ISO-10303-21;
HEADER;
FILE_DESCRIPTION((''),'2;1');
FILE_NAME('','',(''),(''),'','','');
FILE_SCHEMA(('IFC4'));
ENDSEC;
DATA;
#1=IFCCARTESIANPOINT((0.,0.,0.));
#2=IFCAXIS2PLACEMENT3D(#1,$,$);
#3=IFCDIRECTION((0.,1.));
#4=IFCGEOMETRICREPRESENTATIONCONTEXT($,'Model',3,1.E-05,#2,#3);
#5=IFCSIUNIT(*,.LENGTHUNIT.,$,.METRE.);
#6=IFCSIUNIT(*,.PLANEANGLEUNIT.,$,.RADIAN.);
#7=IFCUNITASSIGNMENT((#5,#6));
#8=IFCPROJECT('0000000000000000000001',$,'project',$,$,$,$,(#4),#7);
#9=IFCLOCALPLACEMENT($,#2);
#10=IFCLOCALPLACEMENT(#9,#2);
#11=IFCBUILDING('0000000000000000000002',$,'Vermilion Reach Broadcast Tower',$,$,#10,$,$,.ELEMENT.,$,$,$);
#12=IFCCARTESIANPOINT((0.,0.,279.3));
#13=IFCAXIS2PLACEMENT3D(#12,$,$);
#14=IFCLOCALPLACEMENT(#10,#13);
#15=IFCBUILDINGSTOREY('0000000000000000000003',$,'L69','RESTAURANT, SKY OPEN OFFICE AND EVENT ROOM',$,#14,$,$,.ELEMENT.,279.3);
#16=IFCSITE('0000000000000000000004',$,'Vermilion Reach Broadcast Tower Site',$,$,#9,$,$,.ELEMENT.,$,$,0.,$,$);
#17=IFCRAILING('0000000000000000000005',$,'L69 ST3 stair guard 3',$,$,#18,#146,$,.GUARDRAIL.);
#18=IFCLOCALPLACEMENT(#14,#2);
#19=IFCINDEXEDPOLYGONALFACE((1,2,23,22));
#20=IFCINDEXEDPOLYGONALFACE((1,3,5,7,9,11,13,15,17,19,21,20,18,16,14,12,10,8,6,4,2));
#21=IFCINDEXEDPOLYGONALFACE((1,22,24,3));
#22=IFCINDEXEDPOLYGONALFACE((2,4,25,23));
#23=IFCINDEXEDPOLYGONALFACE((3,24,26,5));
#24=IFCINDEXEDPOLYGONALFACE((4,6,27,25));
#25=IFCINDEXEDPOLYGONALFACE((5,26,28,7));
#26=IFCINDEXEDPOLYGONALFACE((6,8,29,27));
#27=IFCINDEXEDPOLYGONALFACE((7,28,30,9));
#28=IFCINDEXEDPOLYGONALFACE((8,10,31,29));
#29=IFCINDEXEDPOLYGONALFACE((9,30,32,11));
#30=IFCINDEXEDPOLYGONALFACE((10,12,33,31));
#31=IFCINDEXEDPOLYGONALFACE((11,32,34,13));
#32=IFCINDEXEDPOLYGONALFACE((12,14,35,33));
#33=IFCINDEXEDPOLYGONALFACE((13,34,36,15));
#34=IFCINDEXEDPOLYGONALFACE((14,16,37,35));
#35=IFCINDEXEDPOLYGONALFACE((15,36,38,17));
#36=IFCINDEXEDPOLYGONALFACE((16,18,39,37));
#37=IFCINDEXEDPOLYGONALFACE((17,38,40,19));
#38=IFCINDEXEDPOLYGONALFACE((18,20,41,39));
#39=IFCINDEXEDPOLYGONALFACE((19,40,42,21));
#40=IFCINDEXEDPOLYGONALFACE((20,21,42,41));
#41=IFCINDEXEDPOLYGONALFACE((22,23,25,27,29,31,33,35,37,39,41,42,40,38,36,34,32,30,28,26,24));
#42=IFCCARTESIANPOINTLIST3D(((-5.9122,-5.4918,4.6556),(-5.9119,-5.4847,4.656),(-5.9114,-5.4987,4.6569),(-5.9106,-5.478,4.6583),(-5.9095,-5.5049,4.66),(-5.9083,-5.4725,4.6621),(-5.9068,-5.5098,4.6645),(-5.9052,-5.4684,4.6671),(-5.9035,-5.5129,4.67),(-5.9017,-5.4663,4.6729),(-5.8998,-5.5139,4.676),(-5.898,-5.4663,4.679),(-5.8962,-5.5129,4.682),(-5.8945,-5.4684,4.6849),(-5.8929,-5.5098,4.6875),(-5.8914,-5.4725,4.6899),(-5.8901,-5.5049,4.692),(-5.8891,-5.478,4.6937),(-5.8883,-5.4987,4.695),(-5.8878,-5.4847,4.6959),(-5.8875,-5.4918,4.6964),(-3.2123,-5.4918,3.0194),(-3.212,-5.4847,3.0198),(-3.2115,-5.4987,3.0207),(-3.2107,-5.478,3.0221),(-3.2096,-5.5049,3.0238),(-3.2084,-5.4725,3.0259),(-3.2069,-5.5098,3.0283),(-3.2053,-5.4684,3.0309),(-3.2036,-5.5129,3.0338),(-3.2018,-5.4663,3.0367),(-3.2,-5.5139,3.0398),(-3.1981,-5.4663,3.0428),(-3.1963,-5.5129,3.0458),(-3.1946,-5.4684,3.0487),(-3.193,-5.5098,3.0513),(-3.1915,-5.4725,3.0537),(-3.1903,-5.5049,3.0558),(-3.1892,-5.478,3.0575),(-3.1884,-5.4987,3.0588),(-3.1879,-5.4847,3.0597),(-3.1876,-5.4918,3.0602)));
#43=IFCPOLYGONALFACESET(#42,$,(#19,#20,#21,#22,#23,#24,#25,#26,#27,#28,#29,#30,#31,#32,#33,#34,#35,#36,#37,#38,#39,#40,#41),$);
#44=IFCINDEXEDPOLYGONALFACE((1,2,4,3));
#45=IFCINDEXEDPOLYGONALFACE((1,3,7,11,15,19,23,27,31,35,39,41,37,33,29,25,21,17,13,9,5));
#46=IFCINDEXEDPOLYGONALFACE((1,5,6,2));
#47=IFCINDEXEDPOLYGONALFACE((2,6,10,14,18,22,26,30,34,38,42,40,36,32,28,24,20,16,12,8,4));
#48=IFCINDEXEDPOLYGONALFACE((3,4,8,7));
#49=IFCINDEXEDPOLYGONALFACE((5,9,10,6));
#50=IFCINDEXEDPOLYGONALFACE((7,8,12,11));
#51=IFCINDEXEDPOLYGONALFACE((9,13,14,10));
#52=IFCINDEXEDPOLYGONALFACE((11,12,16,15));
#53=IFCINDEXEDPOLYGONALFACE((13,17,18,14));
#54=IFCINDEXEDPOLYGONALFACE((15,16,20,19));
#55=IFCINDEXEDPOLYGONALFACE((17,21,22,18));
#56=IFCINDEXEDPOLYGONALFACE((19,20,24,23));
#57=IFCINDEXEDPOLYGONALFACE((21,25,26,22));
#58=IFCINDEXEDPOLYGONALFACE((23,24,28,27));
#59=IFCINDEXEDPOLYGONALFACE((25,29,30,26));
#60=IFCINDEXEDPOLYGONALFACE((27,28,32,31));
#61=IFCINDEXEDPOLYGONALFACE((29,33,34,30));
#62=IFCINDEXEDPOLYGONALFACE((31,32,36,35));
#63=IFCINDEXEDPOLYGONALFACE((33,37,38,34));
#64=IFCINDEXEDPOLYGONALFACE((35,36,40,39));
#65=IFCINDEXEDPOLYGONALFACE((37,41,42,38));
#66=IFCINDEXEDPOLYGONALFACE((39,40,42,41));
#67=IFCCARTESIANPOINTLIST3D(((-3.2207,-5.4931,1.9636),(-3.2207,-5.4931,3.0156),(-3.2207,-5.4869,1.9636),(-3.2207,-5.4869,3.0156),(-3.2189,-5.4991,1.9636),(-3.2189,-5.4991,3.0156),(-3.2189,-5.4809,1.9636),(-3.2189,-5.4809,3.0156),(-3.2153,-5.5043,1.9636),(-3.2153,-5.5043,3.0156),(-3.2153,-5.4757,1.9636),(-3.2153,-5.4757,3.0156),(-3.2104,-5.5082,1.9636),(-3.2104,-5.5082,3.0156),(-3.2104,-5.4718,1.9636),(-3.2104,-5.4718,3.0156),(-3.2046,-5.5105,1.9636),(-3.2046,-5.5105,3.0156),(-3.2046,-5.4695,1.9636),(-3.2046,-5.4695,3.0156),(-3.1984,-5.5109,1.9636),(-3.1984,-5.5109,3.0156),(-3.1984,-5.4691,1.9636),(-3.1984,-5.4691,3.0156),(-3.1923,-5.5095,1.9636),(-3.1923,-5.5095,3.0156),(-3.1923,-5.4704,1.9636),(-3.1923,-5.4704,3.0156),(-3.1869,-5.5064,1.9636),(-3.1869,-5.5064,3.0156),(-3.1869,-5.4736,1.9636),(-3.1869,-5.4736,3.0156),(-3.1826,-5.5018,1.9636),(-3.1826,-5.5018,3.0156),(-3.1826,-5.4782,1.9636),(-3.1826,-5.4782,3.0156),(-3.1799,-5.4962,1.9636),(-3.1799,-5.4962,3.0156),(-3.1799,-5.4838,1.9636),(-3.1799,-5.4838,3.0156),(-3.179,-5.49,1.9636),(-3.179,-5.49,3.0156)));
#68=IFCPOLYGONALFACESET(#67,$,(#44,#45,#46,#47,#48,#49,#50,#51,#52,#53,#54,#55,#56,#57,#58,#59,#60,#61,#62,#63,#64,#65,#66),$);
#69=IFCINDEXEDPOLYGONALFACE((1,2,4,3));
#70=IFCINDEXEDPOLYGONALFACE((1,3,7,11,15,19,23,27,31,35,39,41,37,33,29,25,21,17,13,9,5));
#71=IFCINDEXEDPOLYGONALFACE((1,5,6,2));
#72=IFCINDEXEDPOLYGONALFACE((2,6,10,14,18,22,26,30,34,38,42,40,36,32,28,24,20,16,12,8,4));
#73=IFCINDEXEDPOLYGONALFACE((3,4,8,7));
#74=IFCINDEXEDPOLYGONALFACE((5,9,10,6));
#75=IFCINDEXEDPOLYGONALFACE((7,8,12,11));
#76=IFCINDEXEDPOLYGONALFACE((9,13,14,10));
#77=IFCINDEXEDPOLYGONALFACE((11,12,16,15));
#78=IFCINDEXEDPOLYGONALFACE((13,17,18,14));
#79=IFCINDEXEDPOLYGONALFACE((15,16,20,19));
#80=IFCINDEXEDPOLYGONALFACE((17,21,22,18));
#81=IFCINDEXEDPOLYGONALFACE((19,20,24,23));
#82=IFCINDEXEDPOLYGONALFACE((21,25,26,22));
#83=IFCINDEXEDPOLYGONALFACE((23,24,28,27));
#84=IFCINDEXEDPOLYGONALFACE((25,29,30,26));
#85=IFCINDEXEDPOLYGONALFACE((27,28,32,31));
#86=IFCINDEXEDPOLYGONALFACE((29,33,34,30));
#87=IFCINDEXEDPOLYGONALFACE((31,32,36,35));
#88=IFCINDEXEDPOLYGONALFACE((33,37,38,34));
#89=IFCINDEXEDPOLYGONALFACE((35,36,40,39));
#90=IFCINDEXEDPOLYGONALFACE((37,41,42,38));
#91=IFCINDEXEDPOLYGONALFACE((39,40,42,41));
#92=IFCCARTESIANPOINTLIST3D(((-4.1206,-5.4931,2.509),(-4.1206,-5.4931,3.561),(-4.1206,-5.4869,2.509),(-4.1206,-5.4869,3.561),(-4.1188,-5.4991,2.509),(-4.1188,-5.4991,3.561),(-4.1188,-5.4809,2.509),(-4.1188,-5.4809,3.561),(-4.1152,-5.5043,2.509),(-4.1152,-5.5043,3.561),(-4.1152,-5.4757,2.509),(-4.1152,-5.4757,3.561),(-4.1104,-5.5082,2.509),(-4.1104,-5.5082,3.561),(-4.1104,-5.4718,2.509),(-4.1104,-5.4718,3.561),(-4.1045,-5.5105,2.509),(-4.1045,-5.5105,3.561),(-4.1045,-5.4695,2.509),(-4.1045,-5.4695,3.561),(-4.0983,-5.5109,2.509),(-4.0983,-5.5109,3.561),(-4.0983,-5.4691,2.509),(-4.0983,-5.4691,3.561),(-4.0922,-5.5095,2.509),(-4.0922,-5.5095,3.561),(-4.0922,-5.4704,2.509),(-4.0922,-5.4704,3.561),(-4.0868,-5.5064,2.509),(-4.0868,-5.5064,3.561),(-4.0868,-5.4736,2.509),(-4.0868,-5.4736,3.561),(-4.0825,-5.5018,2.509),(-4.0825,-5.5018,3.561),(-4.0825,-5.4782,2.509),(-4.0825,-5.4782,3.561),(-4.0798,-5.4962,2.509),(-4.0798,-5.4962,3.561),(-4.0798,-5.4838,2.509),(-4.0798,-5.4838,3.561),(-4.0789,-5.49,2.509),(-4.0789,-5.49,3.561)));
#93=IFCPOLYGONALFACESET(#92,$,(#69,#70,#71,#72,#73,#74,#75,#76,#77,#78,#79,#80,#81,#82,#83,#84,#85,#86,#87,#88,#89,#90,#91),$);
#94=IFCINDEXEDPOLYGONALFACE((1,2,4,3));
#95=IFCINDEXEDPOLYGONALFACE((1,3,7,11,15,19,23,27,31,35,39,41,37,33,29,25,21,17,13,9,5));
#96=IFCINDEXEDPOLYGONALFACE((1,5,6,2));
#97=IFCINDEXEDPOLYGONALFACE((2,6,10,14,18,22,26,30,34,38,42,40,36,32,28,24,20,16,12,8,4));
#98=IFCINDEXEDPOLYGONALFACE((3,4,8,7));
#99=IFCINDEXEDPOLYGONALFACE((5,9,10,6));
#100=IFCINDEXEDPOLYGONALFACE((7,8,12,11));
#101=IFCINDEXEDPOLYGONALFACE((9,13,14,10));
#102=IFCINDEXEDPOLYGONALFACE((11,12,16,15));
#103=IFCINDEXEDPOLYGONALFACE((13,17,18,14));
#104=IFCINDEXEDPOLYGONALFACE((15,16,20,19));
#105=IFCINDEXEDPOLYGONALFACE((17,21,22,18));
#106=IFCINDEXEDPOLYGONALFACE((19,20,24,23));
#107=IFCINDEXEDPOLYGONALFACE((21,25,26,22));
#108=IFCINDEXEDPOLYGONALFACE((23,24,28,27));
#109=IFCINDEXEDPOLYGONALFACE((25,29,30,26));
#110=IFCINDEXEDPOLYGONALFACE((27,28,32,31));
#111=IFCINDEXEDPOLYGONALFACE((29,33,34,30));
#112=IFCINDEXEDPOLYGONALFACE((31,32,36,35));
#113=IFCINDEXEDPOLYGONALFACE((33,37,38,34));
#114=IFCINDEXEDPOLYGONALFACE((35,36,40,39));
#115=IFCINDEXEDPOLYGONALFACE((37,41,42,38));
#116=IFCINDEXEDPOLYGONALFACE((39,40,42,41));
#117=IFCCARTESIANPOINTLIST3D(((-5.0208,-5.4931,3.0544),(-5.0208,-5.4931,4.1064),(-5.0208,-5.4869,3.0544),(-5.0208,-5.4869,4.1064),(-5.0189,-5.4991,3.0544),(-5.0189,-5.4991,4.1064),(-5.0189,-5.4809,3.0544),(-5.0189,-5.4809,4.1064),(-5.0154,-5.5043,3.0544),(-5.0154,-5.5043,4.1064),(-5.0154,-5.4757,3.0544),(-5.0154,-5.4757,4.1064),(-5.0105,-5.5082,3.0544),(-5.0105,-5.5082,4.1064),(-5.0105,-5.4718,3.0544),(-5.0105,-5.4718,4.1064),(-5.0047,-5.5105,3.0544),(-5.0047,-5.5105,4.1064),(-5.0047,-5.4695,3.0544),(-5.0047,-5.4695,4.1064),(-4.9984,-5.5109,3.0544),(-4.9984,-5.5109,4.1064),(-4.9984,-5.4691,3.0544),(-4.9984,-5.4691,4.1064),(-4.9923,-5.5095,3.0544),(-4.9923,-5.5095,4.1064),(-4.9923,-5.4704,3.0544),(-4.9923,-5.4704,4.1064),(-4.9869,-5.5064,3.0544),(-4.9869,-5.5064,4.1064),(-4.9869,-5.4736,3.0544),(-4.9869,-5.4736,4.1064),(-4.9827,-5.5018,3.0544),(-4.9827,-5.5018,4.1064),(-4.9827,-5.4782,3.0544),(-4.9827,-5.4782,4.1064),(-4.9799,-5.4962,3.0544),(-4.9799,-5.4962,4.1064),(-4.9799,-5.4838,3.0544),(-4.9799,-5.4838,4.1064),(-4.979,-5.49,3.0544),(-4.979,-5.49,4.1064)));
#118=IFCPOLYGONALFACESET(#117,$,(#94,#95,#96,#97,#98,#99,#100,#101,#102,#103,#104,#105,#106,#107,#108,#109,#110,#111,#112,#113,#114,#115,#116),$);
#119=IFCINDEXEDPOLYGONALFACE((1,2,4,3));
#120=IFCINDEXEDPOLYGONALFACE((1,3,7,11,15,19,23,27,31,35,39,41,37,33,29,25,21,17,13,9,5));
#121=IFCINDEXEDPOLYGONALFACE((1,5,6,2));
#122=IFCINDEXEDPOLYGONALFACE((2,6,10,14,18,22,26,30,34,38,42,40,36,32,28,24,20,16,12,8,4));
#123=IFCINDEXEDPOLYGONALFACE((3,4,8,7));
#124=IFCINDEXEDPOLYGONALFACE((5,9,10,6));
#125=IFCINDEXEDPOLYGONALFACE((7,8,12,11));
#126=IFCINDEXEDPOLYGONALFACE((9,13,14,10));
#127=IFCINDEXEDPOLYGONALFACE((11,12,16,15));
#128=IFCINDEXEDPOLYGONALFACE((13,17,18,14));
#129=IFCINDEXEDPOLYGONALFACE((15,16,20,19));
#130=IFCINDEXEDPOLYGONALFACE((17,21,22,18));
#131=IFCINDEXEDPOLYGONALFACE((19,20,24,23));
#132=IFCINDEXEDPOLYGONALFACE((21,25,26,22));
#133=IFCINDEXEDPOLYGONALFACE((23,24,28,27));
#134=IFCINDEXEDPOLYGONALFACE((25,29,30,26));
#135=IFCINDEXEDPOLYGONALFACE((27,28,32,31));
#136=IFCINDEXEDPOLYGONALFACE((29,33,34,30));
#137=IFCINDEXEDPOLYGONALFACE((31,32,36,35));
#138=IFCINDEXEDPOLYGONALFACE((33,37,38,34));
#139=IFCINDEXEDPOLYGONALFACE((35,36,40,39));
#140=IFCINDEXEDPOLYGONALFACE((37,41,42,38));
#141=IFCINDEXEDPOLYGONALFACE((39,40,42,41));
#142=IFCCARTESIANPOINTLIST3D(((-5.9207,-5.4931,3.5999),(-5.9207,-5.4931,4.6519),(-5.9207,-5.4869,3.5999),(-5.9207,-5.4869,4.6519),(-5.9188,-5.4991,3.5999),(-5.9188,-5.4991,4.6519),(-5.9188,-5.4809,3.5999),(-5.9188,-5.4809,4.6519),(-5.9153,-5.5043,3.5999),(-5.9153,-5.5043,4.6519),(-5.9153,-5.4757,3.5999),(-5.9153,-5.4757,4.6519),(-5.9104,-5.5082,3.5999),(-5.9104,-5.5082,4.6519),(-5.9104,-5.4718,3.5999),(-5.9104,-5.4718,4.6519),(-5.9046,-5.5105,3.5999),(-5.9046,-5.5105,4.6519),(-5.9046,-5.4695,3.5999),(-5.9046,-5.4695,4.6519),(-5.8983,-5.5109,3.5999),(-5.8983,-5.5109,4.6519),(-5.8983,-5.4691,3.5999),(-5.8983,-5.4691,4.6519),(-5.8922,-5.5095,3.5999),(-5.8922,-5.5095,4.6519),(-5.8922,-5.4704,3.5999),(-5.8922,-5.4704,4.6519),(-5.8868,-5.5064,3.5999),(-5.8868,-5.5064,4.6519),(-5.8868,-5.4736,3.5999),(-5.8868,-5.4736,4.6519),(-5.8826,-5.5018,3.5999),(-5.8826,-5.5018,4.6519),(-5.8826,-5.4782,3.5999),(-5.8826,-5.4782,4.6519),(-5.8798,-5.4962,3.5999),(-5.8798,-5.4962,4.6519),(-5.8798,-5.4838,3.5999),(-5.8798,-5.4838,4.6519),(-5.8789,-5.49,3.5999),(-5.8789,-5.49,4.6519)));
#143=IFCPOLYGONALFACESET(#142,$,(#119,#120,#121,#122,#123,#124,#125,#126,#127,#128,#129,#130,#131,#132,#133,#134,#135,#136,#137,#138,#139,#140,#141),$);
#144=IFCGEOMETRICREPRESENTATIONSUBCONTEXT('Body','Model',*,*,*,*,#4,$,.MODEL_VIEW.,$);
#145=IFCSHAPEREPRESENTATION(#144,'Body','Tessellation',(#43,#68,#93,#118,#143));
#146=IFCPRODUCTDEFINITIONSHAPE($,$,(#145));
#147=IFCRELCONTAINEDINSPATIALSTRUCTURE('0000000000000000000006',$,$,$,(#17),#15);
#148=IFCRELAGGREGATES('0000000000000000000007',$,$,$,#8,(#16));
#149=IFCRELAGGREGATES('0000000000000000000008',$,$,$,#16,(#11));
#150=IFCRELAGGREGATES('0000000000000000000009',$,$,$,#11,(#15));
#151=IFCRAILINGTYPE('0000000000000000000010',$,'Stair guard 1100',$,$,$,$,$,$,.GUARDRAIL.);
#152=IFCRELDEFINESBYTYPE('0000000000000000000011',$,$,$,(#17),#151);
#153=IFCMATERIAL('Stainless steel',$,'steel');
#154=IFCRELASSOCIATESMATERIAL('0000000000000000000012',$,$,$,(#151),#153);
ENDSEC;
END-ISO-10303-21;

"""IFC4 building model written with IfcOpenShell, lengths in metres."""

from ifc_helpers import new_model, si_unit, direction, frame, origin, origin_2d, place, context, subcontext, project, spatial, circle, extrude, material, type_object, element, save


model = new_model("IFC4")

# Units and contexts
model_context = context("Model", 3, precision=1e-05, world=origin(), true_north=direction((0.0, 1.0)))
body_context = subcontext(model_context, "Body", "Model", "MODEL_VIEW")
ifc_project = project(units=[si_unit("LENGTHUNIT", "METRE"), si_unit("PLANEANGLEUNIT", "RADIAN")], contexts=[model_context])

# Site, building, storey
site_placement = place(None, origin())
site = spatial("IfcSite", under=ifc_project, at=site_placement, Name="Vermilion Reach Broadcast Tower Site", CompositionType="ELEMENT", RefElevation=0.0)
building_placement = place(site_placement, origin())
building = spatial("IfcBuilding", under=site, at=building_placement, Name="Vermilion Reach Broadcast Tower", CompositionType="ELEMENT")
storey_placement = place(building_placement, frame((0.0, 0.0, 279.3)))
storey = spatial("IfcBuildingStorey", under=building, at=storey_placement, Name="L69", Description="RESTAURANT, SKY OPEN OFFICE AND EVENT ROOM", CompositionType="ELEMENT", Elevation=279.3)

# Railing
ifc_material_1 = material(Name="Stainless steel", Category="steel")
railing_type_1 = type_object("IfcRailingType", Name="Stair guard 1100", PredefinedType="GUARDRAIL", material=ifc_material_1)
railing_1_placement = place(storey_placement, frame((-3.2, -5.49, 1.9636)))
element("IfcRailing", 1, at=railing_1_placement, inside=storey, type_object=railing_type_1, Name="L69 ST3 stair guard 3", PredefinedType="GUARDRAIL", context=body_context, shape_type="SweptSolid", body=[
    extrude(circle(Radius=0.0239, at=origin_2d()), frame((0.0, 0.0, 1.0762), z_axis=(-0.855212, 0.0, 0.518278), x_axis=(0.0, -1.0, 0.0)), (0.0, 0.0, 1.0), 3.157),
    extrude(circle(Radius=0.021, at=origin_2d()), origin(), (0.0, 0.0, 1.0), 1.052),
    extrude(circle(Radius=0.021, at=origin_2d()), frame((-0.8999, 0.0, 0.5454)), (0.0, 0.0, 1.0), 1.052),
    extrude(circle(Radius=0.021, at=origin_2d()), frame((-1.8, 0.0, 1.0908)), (0.0, 0.0, 1.0), 1.052),
    extrude(circle(Radius=0.021, at=origin_2d()), frame((-2.7, 0.0, 1.6362)), (0.0, 0.0, 1.0), 1.052),
])

save(model, "model.ifc")
